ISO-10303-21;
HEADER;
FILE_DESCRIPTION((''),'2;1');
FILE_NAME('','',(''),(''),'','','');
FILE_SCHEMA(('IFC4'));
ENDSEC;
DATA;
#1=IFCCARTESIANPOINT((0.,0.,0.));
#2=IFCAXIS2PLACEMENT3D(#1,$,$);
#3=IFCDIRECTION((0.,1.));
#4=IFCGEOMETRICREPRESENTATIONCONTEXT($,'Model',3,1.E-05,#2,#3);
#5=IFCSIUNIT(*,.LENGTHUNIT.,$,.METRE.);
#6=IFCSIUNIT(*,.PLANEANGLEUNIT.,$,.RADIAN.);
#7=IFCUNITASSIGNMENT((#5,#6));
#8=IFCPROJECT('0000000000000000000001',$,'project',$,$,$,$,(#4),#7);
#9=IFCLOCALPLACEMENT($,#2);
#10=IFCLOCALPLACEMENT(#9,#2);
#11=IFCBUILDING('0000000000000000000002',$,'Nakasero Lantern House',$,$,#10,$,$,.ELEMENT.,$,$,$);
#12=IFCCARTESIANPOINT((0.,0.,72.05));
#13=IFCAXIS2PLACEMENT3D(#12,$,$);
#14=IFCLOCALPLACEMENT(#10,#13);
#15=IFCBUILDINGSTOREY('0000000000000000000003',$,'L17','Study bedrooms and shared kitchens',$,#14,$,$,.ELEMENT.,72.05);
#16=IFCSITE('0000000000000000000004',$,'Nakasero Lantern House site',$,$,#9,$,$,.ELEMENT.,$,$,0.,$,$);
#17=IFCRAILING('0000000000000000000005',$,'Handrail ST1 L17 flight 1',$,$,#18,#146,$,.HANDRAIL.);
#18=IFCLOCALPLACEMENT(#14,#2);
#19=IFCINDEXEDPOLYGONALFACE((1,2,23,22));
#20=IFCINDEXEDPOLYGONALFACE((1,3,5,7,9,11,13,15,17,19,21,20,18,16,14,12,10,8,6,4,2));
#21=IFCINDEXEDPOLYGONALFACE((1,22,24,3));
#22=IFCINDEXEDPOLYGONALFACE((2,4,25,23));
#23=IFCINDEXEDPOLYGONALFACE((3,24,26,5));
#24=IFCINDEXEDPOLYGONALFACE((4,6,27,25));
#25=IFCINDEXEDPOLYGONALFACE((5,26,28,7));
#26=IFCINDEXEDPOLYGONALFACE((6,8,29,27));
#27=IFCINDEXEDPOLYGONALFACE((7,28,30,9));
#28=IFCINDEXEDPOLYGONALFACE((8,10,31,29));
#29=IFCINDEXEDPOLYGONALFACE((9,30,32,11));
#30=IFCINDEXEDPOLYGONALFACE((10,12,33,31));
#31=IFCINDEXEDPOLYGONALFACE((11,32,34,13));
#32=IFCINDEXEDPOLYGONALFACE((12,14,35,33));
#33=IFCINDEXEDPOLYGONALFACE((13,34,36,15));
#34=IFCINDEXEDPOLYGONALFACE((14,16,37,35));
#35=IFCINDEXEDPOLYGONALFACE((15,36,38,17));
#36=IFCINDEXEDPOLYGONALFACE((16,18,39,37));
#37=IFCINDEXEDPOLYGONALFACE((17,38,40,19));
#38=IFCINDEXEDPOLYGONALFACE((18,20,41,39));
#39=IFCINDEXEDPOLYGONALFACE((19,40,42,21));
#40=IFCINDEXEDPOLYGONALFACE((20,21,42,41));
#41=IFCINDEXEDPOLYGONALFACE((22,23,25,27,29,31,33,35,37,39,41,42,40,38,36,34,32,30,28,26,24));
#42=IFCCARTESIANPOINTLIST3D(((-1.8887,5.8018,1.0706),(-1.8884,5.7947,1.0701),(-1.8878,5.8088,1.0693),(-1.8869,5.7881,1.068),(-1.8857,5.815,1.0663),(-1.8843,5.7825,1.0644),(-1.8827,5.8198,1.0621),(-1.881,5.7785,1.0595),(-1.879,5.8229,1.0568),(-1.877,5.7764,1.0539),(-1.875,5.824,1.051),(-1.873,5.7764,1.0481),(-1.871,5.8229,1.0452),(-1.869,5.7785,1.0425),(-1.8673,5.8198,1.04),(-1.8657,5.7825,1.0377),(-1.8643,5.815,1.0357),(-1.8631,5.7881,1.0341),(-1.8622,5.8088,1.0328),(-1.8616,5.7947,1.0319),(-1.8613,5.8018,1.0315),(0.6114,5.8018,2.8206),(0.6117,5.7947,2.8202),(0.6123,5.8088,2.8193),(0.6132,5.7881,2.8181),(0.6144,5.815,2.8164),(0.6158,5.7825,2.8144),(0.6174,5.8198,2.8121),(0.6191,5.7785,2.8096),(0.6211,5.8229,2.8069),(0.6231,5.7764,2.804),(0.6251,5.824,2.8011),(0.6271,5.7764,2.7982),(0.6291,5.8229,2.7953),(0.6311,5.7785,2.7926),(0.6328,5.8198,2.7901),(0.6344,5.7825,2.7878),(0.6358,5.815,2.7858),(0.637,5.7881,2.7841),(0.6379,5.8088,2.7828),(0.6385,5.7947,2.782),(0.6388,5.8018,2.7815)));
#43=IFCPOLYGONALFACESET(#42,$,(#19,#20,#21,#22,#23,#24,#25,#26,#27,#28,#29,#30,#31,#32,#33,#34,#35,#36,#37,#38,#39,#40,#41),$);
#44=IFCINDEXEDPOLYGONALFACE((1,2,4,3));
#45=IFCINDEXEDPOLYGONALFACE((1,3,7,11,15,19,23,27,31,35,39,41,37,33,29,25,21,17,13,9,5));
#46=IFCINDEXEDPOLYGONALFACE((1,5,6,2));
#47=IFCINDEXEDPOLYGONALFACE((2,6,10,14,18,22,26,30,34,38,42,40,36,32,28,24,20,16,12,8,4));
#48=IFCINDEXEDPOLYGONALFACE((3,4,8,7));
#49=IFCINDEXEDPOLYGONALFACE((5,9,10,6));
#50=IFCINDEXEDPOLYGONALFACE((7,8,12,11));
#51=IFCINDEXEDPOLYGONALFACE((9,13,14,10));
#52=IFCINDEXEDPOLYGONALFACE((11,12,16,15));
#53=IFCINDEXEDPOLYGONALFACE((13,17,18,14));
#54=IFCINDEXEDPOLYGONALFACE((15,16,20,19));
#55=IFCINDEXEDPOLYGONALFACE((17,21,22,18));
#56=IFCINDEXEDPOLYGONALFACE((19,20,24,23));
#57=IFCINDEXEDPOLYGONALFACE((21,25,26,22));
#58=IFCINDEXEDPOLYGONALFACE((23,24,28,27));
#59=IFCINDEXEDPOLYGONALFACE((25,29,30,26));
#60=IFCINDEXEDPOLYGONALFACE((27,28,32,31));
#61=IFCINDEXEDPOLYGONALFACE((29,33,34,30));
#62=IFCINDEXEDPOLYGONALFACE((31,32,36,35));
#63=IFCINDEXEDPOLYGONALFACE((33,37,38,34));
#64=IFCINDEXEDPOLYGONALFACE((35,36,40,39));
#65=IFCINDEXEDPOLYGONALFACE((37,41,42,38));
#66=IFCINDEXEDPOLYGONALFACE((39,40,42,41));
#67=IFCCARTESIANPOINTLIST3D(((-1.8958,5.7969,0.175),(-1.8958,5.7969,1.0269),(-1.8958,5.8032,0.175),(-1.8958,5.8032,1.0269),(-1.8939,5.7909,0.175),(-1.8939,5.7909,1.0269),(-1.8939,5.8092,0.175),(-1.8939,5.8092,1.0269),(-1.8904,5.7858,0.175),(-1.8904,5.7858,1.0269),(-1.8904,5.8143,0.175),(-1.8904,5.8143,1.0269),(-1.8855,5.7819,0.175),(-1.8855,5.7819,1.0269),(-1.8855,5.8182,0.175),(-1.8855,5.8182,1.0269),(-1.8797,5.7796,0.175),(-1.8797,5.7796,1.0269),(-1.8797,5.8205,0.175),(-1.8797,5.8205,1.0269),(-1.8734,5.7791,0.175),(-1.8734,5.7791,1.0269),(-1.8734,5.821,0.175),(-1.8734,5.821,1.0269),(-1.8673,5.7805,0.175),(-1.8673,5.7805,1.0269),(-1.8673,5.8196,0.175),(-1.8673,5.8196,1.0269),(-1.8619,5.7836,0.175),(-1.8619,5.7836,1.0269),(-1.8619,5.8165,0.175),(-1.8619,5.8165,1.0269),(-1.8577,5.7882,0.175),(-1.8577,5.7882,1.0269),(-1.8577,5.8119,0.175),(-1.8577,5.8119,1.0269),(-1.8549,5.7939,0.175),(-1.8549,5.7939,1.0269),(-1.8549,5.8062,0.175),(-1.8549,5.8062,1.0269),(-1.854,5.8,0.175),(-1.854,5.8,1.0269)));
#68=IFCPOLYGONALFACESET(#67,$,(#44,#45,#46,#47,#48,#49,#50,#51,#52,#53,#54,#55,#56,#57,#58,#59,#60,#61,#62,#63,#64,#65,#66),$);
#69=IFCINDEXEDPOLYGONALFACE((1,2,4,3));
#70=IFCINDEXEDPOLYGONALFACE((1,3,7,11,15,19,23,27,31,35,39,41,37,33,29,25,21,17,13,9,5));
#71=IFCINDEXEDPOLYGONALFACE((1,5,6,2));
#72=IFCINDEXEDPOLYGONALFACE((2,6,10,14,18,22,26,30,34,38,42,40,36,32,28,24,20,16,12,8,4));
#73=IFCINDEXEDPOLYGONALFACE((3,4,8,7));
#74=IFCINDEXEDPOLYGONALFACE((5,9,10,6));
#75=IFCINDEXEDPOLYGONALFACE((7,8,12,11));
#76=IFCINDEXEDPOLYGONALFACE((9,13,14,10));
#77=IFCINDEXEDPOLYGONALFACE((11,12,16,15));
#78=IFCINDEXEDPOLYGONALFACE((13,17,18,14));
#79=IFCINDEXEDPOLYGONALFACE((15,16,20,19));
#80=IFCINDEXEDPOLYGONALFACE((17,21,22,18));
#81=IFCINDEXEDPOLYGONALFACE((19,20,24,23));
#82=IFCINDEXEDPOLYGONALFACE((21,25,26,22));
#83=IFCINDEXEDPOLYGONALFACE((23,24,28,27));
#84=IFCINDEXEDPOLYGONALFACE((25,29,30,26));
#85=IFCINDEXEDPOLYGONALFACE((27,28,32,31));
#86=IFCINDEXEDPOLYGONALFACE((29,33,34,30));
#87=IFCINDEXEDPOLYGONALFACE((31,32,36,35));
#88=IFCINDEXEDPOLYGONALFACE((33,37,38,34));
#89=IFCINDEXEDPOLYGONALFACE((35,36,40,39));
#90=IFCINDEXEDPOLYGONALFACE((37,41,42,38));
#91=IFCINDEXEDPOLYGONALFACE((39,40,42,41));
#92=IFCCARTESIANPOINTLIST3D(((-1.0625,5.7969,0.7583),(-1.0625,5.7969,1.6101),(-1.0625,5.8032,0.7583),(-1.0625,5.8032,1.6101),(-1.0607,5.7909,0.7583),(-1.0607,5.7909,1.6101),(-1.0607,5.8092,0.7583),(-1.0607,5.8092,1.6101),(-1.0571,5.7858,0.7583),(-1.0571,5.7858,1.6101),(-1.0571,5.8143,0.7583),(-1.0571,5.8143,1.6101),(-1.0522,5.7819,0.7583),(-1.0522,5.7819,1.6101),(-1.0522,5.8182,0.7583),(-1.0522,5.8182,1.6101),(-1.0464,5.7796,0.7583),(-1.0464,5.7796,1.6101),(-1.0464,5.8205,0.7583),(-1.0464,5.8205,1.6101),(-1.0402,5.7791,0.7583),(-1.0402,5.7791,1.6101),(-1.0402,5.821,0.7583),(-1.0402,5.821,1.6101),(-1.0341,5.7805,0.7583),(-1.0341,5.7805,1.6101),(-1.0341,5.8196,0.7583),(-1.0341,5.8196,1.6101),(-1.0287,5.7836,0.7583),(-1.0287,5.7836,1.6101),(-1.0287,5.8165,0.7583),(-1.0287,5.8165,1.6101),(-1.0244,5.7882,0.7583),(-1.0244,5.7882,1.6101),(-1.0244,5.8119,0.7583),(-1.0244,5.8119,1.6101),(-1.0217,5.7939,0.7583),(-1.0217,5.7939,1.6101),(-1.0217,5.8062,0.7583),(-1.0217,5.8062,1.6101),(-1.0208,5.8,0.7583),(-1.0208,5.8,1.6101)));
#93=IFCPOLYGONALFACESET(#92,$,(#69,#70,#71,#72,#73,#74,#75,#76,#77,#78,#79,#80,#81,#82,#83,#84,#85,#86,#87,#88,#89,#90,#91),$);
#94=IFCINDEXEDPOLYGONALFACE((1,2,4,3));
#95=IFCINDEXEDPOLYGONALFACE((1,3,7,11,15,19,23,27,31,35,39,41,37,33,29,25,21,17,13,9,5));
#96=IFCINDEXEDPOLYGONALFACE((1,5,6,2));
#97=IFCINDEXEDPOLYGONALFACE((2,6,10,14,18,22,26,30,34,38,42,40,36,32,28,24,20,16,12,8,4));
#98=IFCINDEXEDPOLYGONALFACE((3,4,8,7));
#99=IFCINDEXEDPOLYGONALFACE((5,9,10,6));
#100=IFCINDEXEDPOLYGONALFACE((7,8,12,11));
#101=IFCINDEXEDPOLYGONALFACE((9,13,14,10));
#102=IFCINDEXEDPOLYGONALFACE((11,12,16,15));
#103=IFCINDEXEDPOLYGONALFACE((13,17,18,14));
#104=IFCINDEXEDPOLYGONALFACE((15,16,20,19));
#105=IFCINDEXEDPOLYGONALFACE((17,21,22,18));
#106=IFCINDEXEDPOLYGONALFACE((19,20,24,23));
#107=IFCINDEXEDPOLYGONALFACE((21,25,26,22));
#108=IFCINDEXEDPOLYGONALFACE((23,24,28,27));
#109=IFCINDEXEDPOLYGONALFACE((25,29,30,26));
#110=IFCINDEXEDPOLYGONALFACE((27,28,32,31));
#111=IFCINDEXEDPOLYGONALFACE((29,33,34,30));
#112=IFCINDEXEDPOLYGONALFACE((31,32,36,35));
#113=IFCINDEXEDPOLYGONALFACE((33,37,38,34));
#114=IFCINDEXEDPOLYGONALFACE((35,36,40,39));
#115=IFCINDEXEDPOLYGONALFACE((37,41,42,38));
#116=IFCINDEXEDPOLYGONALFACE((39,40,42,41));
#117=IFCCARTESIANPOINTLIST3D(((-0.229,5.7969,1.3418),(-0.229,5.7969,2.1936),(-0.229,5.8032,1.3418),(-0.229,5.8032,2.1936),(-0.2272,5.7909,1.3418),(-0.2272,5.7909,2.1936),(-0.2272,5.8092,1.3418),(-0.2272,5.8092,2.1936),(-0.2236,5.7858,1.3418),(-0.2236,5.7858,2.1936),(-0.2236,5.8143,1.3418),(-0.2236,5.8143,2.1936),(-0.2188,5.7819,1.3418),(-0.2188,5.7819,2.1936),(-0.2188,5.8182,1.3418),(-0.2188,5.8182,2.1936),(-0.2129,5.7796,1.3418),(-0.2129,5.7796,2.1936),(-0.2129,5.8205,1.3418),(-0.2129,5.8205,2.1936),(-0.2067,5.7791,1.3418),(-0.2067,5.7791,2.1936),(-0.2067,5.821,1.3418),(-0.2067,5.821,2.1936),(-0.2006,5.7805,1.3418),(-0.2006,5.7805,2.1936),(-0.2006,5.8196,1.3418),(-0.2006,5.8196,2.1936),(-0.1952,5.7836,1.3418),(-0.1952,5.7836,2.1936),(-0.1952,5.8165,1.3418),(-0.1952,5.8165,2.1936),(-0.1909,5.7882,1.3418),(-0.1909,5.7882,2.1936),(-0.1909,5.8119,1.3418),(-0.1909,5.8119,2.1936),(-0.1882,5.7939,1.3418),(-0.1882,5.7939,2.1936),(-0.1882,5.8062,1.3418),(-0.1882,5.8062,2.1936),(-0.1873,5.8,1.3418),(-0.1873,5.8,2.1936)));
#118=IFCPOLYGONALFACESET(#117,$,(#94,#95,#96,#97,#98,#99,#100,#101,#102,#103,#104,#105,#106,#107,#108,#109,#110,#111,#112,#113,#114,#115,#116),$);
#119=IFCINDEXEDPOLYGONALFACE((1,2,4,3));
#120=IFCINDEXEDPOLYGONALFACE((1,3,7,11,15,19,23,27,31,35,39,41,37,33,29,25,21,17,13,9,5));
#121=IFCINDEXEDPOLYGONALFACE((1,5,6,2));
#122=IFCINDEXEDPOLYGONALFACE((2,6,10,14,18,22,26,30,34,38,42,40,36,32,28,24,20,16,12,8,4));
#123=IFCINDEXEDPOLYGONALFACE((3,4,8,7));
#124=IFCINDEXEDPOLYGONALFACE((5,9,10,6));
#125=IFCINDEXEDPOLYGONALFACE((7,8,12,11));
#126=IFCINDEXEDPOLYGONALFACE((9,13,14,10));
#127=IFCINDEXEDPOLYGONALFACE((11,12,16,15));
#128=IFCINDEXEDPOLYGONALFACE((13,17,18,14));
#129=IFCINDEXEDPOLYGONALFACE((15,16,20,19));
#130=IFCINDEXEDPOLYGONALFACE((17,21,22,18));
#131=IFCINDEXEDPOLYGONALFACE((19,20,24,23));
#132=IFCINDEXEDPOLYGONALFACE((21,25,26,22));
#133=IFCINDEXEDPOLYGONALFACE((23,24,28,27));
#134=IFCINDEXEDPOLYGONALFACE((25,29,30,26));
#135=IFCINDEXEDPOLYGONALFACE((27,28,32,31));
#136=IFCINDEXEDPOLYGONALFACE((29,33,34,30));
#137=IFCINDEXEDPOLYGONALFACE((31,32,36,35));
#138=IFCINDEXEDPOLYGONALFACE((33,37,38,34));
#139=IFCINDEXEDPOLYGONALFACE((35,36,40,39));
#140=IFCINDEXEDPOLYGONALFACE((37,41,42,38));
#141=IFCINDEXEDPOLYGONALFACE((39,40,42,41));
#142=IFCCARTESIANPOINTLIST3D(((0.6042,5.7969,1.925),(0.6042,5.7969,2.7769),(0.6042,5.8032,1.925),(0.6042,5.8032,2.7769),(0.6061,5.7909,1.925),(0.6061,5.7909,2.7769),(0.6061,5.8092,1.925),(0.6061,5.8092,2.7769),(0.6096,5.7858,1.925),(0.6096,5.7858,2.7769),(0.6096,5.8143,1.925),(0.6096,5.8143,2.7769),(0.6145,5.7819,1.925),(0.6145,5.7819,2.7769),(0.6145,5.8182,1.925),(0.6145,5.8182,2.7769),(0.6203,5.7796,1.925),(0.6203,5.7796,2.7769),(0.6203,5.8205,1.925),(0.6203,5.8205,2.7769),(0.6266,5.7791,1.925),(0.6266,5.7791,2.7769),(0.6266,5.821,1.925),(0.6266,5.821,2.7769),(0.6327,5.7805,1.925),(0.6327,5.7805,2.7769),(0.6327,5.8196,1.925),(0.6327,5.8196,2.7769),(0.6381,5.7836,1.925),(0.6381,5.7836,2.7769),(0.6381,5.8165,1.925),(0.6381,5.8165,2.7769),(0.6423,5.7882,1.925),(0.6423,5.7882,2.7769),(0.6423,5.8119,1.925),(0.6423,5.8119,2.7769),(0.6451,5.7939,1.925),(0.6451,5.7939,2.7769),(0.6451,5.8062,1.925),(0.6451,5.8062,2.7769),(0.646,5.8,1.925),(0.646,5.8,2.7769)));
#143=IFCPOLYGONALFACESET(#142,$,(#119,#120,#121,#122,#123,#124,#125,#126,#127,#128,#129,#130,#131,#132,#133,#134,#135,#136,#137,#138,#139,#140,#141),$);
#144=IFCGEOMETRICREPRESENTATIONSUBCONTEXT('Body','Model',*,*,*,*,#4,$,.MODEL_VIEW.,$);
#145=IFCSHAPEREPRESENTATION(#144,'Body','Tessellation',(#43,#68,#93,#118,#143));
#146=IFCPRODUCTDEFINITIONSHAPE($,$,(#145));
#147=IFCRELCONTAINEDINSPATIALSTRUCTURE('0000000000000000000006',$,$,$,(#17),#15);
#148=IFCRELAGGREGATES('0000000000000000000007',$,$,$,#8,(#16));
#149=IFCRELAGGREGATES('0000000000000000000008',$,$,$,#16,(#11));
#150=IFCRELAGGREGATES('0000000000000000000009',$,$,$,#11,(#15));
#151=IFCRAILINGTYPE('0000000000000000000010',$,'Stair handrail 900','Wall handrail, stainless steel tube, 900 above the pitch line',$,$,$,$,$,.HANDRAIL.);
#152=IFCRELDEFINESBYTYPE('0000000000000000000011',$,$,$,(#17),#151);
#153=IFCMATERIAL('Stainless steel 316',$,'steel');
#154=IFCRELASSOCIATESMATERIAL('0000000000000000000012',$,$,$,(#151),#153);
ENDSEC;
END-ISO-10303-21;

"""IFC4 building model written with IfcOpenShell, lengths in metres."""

from ifc_helpers import new_model, si_unit, direction, frame, origin, origin_2d, place, context, subcontext, project, spatial, circle, extrude, material, type_object, element, save


model = new_model("IFC4")

# Units and contexts
model_context = context("Model", 3, precision=1e-05, world=origin(), true_north=direction((0.0, 1.0)))
body_context = subcontext(model_context, "Body", "Model", "MODEL_VIEW")
ifc_project = project(units=[si_unit("LENGTHUNIT", "METRE"), si_unit("PLANEANGLEUNIT", "RADIAN")], contexts=[model_context])

# Site, building, storey
site_placement = place(None, origin())
site = spatial("IfcSite", under=ifc_project, at=site_placement, Name="Nakasero Lantern House site", CompositionType="ELEMENT", RefElevation=0.0)
building_placement = place(site_placement, origin())
building = spatial("IfcBuilding", under=site, at=building_placement, Name="Nakasero Lantern House", CompositionType="ELEMENT")
storey_placement = place(building_placement, frame((0.0, 0.0, 72.05)))
storey = spatial("IfcBuildingStorey", under=building, at=storey_placement, Name="L17", Description="Study bedrooms and shared kitchens", CompositionType="ELEMENT", Elevation=72.05)

# Railing
ifc_material_1 = material(Name="Stainless steel 316", Category="steel")
railing_type = type_object("IfcRailingType", Name="Stair handrail 900", Description="Wall handrail, stainless steel tube, 900 above the pitch line", PredefinedType="HANDRAIL", material=ifc_material_1)
railing_placement = place(storey_placement, frame((-1.875, 5.8, 0.175)))
element("IfcRailing", 1, at=railing_placement, inside=storey, type_object=railing_type, Name="Handrail ST1 L17 flight 1", PredefinedType="HANDRAIL", context=body_context, shape_type="SweptSolid", body=[
    extrude(circle(Radius=0.0239, at=origin_2d()), frame((0.0, 0.0, 0.876), z_axis=(0.819232, 0.0, 0.573462), x_axis=(0.0, 1.0, 0.0)), (0.0, 0.0, 1.0), 3.0518),
    extrude(circle(Radius=0.021, at=origin_2d()), origin(), (0.0, 0.0, 1.0), 0.8518),
    extrude(circle(Radius=0.021, at=origin_2d()), frame((0.8333, 0.0, 0.5833)), (0.0, 0.0, 1.0), 0.8518),
    extrude(circle(Radius=0.021, at=origin_2d()), frame((1.6667, 0.0, 1.1667)), (0.0, 0.0, 1.0), 0.8518),
    extrude(circle(Radius=0.021, at=origin_2d()), frame((2.5, 0.0, 1.75)), (0.0, 0.0, 1.0), 0.8518),
])

save(model, "model.ifc")
